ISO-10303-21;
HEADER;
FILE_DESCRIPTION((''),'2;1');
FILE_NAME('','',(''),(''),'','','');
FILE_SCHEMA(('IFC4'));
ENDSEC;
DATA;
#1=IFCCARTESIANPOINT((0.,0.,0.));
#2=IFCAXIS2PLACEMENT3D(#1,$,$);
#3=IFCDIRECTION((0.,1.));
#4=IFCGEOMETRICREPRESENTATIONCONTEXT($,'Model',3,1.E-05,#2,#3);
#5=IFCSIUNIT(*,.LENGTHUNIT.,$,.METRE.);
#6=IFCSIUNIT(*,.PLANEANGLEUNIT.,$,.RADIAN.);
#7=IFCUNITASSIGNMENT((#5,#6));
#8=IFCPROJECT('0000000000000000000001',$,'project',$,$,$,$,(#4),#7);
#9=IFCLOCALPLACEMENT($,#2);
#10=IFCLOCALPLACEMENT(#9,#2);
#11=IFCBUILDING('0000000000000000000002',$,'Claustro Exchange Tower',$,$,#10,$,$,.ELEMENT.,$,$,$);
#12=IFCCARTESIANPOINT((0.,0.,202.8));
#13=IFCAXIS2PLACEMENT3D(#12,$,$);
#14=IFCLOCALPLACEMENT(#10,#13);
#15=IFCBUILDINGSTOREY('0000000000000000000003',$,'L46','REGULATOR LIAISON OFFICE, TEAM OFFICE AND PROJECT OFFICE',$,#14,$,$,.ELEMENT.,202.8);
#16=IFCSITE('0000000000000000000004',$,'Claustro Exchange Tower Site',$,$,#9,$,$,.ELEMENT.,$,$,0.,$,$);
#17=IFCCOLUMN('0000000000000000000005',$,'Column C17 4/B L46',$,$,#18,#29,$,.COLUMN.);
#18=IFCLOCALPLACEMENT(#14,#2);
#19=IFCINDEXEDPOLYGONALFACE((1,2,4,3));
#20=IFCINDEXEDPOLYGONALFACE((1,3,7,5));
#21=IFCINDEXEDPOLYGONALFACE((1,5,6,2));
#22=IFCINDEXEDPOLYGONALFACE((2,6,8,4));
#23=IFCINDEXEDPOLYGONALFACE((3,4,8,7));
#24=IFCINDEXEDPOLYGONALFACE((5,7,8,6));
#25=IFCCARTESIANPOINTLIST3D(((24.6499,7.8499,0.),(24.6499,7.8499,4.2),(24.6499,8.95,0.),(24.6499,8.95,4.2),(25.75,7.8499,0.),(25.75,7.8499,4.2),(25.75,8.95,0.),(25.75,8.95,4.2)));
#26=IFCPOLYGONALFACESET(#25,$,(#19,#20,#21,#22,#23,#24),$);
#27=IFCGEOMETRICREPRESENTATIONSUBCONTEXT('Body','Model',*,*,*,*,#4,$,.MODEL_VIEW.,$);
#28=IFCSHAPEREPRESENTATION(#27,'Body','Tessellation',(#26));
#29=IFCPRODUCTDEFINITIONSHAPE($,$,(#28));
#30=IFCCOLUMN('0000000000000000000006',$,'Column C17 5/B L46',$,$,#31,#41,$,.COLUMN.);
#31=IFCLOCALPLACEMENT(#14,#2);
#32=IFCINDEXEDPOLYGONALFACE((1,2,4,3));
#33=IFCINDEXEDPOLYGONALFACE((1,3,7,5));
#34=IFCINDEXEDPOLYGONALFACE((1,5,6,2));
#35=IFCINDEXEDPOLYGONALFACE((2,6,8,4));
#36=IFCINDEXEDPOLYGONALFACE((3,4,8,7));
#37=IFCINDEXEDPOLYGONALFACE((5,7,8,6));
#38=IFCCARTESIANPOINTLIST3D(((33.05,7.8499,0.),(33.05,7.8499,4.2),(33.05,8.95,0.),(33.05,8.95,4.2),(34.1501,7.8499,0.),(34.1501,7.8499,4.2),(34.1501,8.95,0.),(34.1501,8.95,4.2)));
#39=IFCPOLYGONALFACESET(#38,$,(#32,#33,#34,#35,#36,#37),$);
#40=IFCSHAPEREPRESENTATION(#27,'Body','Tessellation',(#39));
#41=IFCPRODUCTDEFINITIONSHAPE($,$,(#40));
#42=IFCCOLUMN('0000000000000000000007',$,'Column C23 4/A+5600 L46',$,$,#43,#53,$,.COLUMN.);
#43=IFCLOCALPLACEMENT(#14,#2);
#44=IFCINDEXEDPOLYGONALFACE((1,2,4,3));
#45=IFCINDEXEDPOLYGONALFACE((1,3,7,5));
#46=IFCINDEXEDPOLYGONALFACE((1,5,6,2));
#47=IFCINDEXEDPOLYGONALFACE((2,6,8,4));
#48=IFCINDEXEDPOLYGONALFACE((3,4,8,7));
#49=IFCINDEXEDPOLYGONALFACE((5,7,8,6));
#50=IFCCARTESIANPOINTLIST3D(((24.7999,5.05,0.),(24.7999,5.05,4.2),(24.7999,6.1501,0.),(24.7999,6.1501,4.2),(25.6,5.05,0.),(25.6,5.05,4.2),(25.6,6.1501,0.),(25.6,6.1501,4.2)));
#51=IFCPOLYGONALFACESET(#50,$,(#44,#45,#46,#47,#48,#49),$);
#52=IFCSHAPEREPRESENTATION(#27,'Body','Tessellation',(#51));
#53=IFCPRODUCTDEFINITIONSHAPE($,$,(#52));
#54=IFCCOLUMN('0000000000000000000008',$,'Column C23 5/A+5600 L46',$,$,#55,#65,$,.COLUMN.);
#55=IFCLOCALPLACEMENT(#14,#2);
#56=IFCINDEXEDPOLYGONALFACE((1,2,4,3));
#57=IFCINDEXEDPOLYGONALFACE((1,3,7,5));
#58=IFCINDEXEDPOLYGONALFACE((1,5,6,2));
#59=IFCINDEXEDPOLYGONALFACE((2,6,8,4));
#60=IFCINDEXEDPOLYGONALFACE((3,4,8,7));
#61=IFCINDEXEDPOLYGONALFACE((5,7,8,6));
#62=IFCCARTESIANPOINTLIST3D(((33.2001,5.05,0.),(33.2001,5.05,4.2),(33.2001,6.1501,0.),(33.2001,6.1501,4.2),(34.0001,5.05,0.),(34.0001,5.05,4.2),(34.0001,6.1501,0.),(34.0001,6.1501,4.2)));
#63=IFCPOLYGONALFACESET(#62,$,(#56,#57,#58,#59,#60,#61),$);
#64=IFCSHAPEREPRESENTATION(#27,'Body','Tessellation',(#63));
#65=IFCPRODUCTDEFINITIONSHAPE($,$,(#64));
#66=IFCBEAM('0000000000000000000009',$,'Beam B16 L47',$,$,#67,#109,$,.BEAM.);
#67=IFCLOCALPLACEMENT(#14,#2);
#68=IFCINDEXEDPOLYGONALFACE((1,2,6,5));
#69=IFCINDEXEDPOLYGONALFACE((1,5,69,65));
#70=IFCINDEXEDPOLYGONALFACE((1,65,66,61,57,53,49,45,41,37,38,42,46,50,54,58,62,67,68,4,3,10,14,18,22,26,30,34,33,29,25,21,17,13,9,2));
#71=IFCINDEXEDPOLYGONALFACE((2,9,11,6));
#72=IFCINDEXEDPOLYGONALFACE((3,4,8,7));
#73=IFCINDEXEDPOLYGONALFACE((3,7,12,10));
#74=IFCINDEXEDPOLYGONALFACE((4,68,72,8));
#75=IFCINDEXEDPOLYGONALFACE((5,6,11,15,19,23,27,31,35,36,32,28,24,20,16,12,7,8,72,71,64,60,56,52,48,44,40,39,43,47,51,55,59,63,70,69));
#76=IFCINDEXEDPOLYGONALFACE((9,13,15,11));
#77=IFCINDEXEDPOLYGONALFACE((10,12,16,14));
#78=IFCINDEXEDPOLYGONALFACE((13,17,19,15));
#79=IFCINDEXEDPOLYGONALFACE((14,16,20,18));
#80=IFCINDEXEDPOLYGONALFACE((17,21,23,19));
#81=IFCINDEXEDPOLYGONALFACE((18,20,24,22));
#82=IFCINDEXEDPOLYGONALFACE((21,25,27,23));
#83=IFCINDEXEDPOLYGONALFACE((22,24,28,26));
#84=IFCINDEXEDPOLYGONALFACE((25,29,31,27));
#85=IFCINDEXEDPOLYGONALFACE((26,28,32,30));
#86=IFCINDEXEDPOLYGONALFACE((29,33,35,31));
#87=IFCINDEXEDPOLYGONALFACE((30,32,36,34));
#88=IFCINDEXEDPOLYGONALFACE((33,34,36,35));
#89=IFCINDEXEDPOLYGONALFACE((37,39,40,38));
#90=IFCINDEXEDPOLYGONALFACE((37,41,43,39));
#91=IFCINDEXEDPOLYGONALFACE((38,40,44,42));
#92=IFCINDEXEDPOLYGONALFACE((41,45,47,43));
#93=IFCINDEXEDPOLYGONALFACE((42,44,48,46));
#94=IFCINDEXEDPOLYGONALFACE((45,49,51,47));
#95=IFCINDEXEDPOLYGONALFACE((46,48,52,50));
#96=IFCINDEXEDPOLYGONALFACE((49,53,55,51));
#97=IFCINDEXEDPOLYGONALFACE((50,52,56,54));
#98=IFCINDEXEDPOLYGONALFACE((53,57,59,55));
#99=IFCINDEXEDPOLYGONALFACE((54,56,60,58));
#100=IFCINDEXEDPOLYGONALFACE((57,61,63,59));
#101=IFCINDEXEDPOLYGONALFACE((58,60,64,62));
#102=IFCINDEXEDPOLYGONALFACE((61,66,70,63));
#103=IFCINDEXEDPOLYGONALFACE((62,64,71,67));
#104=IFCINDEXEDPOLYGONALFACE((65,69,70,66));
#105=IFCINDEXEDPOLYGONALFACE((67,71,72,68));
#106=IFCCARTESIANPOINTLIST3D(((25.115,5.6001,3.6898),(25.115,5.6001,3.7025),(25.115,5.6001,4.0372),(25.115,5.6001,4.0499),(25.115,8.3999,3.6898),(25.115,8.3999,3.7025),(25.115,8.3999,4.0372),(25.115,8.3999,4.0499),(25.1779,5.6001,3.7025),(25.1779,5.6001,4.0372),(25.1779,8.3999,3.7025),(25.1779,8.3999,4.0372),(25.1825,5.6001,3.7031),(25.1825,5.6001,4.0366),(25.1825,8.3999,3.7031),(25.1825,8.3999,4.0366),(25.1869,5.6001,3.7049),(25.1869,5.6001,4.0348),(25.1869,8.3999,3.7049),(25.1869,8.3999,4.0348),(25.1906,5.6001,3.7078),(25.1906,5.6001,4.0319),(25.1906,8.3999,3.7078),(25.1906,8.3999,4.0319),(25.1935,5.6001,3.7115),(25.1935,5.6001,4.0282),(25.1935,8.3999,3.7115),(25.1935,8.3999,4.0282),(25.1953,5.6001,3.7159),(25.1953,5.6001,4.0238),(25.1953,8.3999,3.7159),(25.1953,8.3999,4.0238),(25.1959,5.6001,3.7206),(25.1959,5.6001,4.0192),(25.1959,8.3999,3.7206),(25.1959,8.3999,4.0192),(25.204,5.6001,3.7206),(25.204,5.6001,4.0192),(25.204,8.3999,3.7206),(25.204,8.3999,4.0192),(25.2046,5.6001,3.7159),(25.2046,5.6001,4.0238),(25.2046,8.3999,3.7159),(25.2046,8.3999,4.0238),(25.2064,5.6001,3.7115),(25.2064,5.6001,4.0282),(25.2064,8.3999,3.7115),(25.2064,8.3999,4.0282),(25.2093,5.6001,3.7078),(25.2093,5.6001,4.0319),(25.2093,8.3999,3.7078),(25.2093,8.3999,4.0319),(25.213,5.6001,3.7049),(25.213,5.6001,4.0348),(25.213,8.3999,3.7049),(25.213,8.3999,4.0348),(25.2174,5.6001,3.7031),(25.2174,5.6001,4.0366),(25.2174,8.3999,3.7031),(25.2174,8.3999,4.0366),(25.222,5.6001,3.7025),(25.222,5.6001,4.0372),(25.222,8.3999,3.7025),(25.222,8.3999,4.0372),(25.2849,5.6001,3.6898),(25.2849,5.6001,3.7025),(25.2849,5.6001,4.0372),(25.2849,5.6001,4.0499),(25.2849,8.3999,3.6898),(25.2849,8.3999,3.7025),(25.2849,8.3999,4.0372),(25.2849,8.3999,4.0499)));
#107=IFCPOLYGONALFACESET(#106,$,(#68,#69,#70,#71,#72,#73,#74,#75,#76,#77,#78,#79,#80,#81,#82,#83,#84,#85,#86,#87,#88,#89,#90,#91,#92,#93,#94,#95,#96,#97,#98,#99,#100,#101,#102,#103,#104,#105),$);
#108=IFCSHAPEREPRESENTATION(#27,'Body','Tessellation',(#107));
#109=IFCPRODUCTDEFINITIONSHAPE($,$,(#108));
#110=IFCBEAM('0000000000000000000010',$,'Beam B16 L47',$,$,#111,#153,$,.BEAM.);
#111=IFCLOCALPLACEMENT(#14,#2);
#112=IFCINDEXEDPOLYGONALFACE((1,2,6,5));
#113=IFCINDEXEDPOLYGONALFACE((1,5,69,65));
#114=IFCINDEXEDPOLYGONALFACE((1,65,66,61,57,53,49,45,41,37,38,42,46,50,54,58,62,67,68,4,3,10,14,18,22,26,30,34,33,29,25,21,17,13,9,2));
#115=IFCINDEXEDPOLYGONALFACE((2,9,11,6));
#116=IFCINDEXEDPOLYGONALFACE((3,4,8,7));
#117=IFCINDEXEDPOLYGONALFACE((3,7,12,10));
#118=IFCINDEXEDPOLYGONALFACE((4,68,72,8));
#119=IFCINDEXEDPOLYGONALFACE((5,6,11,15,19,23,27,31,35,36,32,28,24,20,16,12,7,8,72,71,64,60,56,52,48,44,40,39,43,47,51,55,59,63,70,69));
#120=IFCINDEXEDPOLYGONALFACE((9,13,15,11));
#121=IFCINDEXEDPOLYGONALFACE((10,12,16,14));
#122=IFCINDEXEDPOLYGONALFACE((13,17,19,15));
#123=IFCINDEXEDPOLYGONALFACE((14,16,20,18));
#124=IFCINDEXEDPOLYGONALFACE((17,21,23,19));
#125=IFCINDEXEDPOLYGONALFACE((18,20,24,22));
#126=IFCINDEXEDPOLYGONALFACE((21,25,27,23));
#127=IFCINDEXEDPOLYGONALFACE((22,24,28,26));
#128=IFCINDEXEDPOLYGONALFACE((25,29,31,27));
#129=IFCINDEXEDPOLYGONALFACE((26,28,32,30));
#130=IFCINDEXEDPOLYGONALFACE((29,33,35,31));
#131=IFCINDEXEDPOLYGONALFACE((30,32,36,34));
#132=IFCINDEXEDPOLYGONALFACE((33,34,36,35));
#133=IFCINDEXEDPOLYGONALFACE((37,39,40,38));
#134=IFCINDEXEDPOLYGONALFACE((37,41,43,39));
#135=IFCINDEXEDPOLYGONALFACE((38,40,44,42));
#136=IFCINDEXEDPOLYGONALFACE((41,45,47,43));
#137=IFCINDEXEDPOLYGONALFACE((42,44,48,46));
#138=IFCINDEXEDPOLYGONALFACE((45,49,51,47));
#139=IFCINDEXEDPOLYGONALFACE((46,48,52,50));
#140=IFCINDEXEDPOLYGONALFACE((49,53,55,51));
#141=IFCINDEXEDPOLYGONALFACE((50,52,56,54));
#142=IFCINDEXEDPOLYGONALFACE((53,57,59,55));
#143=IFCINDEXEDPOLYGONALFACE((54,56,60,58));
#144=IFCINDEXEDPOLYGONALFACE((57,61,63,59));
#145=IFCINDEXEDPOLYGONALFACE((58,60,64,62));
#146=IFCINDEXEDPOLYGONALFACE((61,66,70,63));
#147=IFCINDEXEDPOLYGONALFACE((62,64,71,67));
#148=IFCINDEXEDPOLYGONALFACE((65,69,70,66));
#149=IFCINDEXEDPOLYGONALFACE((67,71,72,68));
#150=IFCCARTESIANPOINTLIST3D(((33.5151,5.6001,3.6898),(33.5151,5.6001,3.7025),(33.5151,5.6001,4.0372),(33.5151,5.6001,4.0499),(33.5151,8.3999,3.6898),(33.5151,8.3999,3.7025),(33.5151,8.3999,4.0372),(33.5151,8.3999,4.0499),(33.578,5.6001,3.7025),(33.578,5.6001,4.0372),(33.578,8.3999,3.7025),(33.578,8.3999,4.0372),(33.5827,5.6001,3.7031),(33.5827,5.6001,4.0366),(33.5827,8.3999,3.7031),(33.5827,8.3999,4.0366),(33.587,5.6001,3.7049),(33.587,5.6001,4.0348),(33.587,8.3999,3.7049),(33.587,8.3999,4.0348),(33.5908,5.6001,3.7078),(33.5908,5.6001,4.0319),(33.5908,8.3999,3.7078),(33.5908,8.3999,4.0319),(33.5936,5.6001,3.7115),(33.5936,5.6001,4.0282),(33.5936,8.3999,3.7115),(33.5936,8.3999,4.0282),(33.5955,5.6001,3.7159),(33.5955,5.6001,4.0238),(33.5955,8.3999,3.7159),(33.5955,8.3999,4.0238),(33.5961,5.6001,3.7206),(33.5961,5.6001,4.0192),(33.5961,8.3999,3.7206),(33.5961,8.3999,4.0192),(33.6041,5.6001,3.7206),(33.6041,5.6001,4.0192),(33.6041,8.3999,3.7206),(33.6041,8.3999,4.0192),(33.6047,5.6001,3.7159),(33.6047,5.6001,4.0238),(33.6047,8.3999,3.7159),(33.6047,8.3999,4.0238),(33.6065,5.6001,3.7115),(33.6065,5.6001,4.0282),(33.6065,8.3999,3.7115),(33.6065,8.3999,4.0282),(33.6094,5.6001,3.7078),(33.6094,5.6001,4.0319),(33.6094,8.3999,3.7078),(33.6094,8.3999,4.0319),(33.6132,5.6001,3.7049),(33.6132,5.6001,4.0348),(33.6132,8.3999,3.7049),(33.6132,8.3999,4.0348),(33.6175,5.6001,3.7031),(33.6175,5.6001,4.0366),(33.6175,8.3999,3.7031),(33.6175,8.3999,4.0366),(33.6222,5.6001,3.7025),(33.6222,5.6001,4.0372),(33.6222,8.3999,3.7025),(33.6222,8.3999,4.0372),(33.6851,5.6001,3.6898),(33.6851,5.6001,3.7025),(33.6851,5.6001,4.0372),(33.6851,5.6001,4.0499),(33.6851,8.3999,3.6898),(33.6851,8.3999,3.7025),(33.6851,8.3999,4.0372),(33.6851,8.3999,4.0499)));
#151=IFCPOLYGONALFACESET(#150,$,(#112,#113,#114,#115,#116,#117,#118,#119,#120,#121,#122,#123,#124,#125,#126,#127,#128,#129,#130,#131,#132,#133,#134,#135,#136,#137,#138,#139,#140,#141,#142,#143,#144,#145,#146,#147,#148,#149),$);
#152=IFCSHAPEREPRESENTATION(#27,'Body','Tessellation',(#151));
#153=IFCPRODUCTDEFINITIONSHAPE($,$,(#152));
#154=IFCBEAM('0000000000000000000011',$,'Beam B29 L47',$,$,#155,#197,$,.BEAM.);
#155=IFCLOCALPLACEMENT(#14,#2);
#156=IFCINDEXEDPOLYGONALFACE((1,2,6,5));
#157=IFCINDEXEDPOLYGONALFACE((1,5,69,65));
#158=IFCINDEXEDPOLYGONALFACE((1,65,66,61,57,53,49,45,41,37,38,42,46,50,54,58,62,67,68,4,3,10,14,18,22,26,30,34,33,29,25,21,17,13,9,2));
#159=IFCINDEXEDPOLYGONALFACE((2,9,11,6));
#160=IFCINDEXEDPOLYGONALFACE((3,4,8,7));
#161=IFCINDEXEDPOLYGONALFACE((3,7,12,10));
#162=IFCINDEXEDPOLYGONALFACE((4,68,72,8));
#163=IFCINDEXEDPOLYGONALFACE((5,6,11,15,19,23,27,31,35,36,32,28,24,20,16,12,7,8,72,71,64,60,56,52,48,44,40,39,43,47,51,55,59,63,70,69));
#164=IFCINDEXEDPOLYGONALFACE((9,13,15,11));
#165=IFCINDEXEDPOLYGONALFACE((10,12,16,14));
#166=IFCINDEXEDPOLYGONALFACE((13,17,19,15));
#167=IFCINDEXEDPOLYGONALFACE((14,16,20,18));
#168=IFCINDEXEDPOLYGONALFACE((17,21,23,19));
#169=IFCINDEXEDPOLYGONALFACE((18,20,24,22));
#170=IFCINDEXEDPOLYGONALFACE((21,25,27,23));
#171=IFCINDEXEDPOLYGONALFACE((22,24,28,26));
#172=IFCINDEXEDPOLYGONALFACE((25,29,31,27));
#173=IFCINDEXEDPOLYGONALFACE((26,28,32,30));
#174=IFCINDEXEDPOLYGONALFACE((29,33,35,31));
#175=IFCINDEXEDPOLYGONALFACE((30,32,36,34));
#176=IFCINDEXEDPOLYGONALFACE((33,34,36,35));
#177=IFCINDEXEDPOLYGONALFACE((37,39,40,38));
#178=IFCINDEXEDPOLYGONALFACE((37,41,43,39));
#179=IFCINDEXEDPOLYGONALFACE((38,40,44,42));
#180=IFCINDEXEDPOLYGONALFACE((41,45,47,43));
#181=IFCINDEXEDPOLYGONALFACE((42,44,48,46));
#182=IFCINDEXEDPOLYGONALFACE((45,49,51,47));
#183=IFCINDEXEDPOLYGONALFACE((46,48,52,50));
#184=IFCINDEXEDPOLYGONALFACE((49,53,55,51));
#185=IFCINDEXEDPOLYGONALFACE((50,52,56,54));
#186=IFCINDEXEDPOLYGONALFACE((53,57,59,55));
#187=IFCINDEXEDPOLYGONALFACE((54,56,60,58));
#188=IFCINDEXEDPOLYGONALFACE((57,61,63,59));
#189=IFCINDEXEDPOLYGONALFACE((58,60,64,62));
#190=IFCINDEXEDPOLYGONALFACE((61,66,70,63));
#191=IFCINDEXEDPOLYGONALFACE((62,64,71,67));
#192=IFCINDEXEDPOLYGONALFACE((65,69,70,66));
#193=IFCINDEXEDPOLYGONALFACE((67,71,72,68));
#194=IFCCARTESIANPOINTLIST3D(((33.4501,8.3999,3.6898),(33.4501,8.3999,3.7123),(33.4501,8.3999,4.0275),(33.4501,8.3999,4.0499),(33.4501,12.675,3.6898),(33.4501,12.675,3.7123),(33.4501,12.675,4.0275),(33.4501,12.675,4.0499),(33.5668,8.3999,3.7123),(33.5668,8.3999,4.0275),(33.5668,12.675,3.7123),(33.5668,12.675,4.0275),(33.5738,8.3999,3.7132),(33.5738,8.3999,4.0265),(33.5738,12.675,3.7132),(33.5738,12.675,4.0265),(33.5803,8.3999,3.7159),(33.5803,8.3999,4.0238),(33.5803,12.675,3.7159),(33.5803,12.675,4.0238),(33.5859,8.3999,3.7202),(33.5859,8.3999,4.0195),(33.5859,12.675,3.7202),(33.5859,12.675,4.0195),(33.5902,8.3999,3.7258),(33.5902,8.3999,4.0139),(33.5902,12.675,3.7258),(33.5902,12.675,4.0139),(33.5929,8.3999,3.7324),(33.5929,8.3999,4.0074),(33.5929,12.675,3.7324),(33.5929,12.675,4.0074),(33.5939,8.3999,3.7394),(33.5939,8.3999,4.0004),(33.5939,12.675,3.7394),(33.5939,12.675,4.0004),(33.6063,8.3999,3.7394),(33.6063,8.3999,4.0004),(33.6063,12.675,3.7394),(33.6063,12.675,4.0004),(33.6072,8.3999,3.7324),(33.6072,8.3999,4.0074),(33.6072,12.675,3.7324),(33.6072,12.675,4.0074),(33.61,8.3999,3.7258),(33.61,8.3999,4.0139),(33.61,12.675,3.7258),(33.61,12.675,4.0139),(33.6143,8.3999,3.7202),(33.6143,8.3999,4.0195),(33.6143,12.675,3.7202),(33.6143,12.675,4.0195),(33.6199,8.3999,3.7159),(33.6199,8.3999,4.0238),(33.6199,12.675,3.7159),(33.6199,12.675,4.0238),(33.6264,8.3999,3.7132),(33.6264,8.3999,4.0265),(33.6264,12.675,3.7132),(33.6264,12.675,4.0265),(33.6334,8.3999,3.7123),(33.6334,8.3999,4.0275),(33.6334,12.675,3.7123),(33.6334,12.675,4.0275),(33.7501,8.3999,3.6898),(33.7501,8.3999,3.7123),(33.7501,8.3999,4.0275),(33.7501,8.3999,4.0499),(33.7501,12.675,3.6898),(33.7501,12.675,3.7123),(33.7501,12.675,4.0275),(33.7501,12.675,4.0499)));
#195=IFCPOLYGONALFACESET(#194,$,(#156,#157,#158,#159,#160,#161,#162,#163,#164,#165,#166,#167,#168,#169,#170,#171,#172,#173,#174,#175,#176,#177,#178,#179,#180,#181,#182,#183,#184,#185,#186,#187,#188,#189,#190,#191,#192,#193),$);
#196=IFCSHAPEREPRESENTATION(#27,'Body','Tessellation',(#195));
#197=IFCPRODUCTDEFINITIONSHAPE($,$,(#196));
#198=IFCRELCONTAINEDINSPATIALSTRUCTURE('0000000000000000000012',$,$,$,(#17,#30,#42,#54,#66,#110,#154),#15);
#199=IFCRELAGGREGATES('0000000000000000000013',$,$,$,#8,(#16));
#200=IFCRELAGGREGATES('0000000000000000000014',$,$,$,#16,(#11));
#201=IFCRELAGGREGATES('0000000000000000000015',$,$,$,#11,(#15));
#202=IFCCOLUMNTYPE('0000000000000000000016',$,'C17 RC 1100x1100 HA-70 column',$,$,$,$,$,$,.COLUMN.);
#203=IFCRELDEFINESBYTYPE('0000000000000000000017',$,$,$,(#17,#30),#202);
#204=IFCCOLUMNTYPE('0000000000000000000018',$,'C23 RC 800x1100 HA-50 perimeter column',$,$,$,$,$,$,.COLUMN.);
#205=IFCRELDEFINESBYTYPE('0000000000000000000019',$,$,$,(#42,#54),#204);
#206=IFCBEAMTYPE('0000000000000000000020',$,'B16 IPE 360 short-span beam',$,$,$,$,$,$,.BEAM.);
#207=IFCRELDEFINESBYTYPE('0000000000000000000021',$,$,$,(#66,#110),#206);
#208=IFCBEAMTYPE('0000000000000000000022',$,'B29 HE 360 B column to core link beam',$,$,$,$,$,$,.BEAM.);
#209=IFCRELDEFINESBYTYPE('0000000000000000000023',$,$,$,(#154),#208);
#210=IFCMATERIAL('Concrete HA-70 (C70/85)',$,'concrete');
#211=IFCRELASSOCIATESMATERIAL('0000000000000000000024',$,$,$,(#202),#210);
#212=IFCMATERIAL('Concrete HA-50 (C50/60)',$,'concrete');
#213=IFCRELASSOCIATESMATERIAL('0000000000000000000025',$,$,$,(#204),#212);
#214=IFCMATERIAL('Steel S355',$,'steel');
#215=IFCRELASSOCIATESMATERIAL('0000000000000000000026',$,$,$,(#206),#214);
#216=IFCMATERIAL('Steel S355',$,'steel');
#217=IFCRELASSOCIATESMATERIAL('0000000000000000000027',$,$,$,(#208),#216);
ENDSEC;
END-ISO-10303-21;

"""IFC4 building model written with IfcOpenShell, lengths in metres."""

from ifc_helpers import new_model, si_unit, direction, frame, origin, origin_2d, place, context, subcontext, project, spatial, rectangle, i_section, extrude, material, material_profile, profile_set, type_object, element, save


model = new_model("IFC4")

# Units and contexts
model_context = context("Model", 3, precision=1e-05, world=origin(), true_north=direction((0.0, 1.0)))
body_context = subcontext(model_context, "Body", "Model", "MODEL_VIEW")
ifc_project = project(units=[si_unit("LENGTHUNIT", "METRE"), si_unit("PLANEANGLEUNIT", "RADIAN")], contexts=[model_context])

# Site, building, storey
site_placement = place(None, origin())
site = spatial("IfcSite", under=ifc_project, at=site_placement, Name="Claustro Exchange Tower Site", CompositionType="ELEMENT", RefElevation=0.0)
building_placement = place(site_placement, origin())
building = spatial("IfcBuilding", under=site, at=building_placement, Name="Claustro Exchange Tower", CompositionType="ELEMENT")
storey_placement = place(building_placement, frame((0.0, 0.0, 202.8)))
storey = spatial("IfcBuildingStorey", under=building, at=storey_placement, Name="L46", Description="REGULATOR LIAISON OFFICE, TEAM OFFICE AND PROJECT OFFICE", CompositionType="ELEMENT", Elevation=202.8)

# Columns
ifc_material_1 = material(Name="Concrete HA-70 (C70/85)", Category="concrete")
ifc_material_profile_1 = material_profile(ifc_material_1, rectangle(XDim=1.1001, YDim=1.1001, at=origin_2d()), Name="RC 1100x1100")
ifc_profile_set_1 = profile_set([ifc_material_profile_1], Name="Concrete HA-70 (C70/85)")
column_type_1 = type_object("IfcColumnType", Name="C17 RC 1100x1100 HA-70 column", PredefinedType="COLUMN", material=ifc_profile_set_1)
for number, where, z_axis, x_axis, name in (
    (1, (25.2, 8.3999, 0.0), (0.0, 0.0, 1.0), (1.0, 0.0, 0.0), "Column C17 4/B L46"),
    (2, (33.6001, 8.3999, 0.0), (0.0, 0.0, 1.0), (1.0, 0.0, 0.0), "Column C17 5/B L46"),
):
    element("IfcColumn", number, at=place(storey_placement, frame(where, z_axis=z_axis, x_axis=x_axis)), inside=storey, type_object=column_type_1, Name=name, PredefinedType="COLUMN", context=body_context, shape_type="SweptSolid", body=[
        extrude(rectangle(XDim=1.1001, YDim=1.1001, at=origin_2d()), origin(), (0.0, 0.0, 1.0), 4.2),
    ])
ifc_material_2 = material(Name="Concrete HA-50 (C50/60)", Category="concrete")
ifc_material_profile_2 = material_profile(ifc_material_2, rectangle(XDim=0.8, YDim=1.1001, at=origin_2d()), Name="RC 800x1100")
ifc_profile_set_2 = profile_set([ifc_material_profile_2], Name="Concrete HA-50 (C50/60)")
column_type_2 = type_object("IfcColumnType", Name="C23 RC 800x1100 HA-50 perimeter column", PredefinedType="COLUMN", material=ifc_profile_set_2)
for number, where, z_axis, x_axis, name in (
    (3, (25.2, 5.6001, 0.0), (0.0, 0.0, 1.0), (1.0, 0.0, 0.0), "Column C23 4/A+5600 L46"),
    (4, (33.6001, 5.6001, 0.0), (0.0, 0.0, 1.0), (1.0, 0.0, 0.0), "Column C23 5/A+5600 L46"),
):
    element("IfcColumn", number, at=place(storey_placement, frame(where, z_axis=z_axis, x_axis=x_axis)), inside=storey, type_object=column_type_2, Name=name, PredefinedType="COLUMN", context=body_context, shape_type="SweptSolid", body=[
        extrude(rectangle(XDim=0.8, YDim=1.1001, at=origin_2d()), origin(), (0.0, 0.0, 1.0), 4.2),
    ])

# Beams
ifc_material_3 = material(Name="Steel S355", Category="steel")
ifc_material_profile_3 = material_profile(ifc_material_3, i_section(OverallWidth=0.1699, OverallDepth=0.3601, WebThickness=0.0081, FlangeThickness=0.0127, FilletRadius=0.0181, at=origin_2d()), Name="IPE 360")
ifc_profile_set_3 = profile_set([ifc_material_profile_3], Name="Steel S355")
beam_type_1 = type_object("IfcBeamType", Name="B16 IPE 360 short-span beam", PredefinedType="BEAM", material=ifc_profile_set_3)
for number, where, z_axis, x_axis, name in (
    (5, (25.2, 5.6001, 3.8699), (0.0, 1.0, 0.0), (-1.0, 0.0, 0.0), "Beam B16 L47"),
    (6, (33.6001, 5.6001, 3.8699), (0.0, 1.0, 0.0), (-1.0, 0.0, 0.0), "Beam B16 L47"),
):
    element("IfcBeam", number, at=place(storey_placement, frame(where, z_axis=z_axis, x_axis=x_axis)), inside=storey, type_object=beam_type_1, Name=name, PredefinedType="BEAM", context=body_context, shape_type="SweptSolid", body=[
        extrude(i_section(OverallWidth=0.1699, OverallDepth=0.3601, WebThickness=0.0081, FlangeThickness=0.0127, FilletRadius=0.0181, at=origin_2d()), origin(), (0.0, 0.0, 1.0), 2.7998),
    ])
ifc_material_4 = material(Name="Steel S355", Category="steel")
ifc_material_profile_4 = material_profile(ifc_material_4, i_section(OverallWidth=0.3, OverallDepth=0.3601, WebThickness=0.0125, FlangeThickness=0.0225, FilletRadius=0.0271, at=origin_2d()), Name="HE 360 B")
ifc_profile_set_4 = profile_set([ifc_material_profile_4], Name="Steel S355")
beam_type_2 = type_object("IfcBeamType", Name="B29 HE 360 B column to core link beam", PredefinedType="BEAM", material=ifc_profile_set_4)
beam_1_placement = place(storey_placement, frame((33.6001, 8.3999, 3.8699), z_axis=(0.0, 1.0, 0.0), x_axis=(-1.0, 0.0, 0.0)))
element("IfcBeam", 7, at=beam_1_placement, inside=storey, type_object=beam_type_2, Name="Beam B29 L47", PredefinedType="BEAM", context=body_context, shape_type="SweptSolid", body=[
    extrude(i_section(OverallWidth=0.3, OverallDepth=0.3601, WebThickness=0.0125, FlangeThickness=0.0225, FilletRadius=0.0271, at=origin_2d()), origin(), (0.0, 0.0, 1.0), 4.2751),
])

save(model, "model.ifc")
